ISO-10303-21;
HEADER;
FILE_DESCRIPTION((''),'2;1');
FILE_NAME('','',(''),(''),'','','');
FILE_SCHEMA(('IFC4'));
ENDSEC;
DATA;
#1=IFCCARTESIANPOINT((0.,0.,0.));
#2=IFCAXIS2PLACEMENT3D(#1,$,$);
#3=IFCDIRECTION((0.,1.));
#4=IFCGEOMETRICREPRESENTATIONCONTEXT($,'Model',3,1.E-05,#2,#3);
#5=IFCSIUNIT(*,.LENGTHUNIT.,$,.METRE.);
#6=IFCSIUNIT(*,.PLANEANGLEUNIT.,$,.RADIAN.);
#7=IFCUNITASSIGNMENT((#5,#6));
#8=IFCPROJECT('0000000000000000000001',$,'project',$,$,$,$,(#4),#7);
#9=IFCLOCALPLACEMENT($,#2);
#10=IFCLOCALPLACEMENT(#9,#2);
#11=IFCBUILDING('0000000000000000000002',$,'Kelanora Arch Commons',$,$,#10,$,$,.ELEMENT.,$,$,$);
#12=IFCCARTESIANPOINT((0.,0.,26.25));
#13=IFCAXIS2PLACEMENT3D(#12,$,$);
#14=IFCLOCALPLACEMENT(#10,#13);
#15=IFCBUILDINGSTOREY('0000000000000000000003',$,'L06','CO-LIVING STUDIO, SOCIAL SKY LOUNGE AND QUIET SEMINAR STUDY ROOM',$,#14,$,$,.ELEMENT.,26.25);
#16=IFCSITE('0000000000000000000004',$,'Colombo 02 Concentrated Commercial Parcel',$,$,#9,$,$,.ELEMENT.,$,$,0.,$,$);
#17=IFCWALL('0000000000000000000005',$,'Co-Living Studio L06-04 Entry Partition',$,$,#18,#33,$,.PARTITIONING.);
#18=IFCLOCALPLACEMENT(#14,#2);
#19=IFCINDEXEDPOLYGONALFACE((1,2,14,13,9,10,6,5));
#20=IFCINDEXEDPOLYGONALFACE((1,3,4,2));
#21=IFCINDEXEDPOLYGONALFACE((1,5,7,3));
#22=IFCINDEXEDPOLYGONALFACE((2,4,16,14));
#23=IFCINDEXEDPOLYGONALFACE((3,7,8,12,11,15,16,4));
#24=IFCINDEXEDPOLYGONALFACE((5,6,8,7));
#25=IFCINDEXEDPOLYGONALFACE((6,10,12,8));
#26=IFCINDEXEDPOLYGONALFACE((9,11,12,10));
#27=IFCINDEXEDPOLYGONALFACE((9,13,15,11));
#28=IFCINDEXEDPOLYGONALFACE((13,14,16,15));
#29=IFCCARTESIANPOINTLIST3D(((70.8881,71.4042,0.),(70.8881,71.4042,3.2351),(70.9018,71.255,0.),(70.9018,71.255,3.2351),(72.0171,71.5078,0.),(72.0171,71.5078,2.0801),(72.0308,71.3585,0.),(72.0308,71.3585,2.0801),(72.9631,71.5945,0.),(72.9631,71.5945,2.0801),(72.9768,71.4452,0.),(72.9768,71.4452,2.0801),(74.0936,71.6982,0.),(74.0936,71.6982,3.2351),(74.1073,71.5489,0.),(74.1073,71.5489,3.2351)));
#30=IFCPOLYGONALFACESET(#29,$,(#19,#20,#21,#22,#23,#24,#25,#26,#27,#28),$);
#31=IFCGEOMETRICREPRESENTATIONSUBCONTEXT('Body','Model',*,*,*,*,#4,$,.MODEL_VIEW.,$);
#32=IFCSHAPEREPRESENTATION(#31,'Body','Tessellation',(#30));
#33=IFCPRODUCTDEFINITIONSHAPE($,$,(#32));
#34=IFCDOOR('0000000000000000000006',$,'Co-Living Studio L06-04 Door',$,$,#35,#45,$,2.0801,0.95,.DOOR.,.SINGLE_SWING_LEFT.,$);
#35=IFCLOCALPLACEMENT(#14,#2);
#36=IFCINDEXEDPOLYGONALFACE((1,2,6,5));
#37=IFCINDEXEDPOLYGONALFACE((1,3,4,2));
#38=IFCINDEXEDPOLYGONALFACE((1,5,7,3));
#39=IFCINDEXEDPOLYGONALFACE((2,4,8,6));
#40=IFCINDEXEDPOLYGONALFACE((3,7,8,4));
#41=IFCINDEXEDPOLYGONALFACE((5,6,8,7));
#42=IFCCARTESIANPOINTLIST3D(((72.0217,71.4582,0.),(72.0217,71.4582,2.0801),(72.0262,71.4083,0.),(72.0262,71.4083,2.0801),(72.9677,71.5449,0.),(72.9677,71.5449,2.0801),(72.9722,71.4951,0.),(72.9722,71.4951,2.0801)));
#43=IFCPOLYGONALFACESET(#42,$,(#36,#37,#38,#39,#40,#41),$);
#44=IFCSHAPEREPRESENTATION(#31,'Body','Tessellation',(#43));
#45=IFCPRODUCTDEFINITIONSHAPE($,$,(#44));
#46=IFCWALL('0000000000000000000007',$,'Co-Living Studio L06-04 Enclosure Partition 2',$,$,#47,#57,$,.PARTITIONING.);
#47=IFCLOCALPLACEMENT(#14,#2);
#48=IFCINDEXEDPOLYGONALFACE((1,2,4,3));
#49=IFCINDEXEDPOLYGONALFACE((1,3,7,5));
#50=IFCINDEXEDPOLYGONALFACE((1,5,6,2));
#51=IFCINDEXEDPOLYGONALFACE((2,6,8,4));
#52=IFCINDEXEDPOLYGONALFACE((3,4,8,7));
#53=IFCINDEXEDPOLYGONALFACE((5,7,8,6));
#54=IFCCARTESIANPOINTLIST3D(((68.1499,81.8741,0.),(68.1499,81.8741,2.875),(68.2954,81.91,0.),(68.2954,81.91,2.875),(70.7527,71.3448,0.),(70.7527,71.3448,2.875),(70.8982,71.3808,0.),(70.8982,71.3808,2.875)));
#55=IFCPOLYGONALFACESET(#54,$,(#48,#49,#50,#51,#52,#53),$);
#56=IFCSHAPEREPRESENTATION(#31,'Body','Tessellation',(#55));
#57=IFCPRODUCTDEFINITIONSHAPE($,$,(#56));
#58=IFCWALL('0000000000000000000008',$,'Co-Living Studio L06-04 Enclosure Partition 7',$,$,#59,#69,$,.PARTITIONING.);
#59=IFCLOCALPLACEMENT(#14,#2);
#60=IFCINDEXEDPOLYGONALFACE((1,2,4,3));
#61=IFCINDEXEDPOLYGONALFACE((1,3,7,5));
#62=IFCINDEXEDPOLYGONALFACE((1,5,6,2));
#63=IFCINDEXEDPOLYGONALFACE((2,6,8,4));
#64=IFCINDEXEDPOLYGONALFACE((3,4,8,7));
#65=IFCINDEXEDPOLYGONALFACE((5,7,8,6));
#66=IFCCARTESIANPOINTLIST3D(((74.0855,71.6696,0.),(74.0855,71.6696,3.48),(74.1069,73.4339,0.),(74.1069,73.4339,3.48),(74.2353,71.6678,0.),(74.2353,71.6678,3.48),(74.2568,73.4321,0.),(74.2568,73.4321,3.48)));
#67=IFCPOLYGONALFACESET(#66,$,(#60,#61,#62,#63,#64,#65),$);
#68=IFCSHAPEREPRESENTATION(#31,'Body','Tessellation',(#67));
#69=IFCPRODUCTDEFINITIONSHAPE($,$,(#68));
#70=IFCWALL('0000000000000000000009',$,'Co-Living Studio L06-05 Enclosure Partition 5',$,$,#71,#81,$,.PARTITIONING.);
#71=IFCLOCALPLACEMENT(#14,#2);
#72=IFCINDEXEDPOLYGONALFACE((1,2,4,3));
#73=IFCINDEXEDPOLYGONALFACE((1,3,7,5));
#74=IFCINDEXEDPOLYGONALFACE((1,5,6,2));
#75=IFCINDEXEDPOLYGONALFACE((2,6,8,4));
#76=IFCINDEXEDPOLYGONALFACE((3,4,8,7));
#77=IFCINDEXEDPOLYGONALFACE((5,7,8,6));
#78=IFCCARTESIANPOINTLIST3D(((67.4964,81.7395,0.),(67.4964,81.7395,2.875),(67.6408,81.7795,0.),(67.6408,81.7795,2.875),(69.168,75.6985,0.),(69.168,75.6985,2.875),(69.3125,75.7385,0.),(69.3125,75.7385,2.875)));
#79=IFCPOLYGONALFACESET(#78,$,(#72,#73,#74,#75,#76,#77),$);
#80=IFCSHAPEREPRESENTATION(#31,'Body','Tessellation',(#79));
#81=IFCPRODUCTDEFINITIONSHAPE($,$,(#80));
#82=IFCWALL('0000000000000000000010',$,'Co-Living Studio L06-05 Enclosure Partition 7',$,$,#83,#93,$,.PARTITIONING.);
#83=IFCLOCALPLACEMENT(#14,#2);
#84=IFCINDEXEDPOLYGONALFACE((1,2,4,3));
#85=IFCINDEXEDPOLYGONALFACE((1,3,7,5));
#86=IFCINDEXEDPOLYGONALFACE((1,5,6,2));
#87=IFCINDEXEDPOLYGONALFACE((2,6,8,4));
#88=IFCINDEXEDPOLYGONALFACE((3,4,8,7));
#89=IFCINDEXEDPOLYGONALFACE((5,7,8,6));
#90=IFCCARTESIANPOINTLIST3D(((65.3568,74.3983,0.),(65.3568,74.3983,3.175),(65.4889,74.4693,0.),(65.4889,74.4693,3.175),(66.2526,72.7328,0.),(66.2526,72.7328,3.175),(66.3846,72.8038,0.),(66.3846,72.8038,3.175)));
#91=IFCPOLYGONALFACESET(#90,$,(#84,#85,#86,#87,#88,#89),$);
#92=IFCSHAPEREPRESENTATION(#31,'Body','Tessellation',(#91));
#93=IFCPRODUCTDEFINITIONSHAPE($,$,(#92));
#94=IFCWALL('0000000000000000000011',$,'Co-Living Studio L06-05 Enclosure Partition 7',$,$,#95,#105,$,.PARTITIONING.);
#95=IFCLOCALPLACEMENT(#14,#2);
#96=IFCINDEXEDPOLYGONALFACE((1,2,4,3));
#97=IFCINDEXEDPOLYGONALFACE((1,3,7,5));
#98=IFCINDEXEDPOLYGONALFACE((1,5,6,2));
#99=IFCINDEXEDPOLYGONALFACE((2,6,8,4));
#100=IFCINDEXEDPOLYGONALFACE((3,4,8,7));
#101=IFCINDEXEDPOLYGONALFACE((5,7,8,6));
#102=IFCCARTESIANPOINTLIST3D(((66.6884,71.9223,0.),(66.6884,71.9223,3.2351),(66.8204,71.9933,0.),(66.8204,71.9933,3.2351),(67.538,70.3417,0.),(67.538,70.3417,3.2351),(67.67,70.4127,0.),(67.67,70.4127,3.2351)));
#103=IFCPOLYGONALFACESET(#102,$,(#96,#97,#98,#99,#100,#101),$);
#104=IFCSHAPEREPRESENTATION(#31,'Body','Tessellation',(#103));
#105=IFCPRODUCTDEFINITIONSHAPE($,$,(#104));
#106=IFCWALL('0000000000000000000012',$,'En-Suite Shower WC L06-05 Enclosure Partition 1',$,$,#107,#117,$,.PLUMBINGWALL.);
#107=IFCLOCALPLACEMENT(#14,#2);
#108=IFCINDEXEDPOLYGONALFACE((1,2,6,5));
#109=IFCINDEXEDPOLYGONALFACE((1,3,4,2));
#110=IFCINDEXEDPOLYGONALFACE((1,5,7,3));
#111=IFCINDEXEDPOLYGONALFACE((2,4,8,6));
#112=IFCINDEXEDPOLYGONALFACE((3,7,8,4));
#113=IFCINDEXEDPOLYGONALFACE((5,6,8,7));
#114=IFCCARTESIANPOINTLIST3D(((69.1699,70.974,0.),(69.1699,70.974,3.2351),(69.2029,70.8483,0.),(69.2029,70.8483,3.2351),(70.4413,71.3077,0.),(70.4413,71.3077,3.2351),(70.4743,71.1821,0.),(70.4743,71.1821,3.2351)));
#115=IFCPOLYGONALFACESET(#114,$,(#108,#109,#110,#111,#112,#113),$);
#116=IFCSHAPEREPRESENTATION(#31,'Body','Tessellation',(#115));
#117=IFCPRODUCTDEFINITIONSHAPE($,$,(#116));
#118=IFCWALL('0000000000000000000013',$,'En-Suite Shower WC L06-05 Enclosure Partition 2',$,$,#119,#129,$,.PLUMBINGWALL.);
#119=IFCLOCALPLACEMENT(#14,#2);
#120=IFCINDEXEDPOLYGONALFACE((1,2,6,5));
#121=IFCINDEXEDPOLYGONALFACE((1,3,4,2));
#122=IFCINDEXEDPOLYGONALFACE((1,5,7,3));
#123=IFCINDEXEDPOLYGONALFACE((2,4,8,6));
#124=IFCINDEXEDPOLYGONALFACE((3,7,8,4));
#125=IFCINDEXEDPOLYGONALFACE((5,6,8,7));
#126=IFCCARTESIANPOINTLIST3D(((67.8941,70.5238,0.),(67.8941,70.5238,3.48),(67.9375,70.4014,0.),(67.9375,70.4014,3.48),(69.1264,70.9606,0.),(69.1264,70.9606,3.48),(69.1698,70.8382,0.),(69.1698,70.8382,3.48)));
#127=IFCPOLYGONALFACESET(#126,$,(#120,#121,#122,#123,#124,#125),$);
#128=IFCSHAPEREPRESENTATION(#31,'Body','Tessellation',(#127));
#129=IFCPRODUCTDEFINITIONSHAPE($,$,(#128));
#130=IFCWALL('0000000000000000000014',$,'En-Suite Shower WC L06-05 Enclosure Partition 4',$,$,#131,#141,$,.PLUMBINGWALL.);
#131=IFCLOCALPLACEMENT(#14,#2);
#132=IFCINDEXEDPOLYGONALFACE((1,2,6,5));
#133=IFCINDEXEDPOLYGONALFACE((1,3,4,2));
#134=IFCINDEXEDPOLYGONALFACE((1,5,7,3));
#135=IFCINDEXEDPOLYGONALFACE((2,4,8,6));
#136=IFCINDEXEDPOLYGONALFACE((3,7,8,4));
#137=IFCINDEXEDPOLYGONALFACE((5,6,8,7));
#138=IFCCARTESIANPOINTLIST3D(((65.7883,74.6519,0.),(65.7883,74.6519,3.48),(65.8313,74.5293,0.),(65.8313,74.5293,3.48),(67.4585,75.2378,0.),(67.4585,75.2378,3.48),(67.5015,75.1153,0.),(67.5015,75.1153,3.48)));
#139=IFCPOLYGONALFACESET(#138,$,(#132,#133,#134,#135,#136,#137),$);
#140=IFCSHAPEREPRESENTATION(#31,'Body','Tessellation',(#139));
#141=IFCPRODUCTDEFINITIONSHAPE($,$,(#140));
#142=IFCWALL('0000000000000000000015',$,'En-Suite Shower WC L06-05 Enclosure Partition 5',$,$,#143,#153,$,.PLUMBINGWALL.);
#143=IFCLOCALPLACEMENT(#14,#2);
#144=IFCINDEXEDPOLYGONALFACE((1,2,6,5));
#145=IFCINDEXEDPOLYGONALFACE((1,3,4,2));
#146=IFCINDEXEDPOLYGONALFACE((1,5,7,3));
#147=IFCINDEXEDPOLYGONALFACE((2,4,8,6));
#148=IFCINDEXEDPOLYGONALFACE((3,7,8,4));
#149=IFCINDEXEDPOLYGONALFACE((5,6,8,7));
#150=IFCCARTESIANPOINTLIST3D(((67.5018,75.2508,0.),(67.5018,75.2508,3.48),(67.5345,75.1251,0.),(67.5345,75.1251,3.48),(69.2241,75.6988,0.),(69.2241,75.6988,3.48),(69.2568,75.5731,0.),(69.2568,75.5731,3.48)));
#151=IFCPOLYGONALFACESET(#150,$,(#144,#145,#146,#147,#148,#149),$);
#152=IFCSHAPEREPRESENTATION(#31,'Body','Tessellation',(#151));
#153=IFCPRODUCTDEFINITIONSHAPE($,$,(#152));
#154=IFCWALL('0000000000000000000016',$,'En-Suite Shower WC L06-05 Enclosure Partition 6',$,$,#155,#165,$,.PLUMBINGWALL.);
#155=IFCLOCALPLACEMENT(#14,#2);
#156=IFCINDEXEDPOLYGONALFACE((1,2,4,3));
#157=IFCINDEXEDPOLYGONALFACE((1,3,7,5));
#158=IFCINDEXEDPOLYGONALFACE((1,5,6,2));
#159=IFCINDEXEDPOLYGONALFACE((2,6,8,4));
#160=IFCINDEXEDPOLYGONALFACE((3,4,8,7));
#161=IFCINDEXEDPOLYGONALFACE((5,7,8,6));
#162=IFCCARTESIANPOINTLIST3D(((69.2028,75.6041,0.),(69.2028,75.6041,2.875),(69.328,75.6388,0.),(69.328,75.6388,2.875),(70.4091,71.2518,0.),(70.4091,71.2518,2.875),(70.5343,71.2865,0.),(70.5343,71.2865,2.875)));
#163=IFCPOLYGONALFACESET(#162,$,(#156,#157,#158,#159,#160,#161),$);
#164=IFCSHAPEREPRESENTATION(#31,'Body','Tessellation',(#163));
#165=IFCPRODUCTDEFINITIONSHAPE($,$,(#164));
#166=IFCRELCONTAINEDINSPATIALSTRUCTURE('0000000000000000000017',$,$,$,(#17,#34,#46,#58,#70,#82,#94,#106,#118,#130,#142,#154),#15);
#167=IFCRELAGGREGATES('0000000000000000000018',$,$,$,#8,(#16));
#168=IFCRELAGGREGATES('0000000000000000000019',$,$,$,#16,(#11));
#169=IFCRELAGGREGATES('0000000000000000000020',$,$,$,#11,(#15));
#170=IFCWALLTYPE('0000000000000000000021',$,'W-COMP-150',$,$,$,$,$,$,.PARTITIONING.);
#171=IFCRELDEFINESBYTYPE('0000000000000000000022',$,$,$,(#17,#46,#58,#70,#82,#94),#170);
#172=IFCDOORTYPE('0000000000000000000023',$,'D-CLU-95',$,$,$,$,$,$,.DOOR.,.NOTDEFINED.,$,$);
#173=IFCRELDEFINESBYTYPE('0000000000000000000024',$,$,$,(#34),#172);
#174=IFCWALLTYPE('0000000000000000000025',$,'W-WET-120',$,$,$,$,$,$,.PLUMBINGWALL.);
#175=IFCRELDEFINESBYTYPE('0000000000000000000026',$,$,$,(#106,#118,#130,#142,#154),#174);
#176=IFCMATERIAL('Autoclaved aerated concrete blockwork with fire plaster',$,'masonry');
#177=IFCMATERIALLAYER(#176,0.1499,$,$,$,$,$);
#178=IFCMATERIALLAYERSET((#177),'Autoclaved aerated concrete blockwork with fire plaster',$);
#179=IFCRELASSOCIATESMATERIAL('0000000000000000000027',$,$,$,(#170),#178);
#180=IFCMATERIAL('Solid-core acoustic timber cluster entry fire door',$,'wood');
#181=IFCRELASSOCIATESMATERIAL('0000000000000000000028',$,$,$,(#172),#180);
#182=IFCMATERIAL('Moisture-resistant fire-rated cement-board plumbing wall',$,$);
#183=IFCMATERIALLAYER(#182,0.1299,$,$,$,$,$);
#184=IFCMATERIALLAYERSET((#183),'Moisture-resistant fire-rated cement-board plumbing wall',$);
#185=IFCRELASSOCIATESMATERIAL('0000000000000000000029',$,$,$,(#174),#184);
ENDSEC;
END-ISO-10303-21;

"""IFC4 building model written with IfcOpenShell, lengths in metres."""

from ifc_helpers import new_model, si_unit, direction, frame, frame_2d, origin, place, context, subcontext, project, spatial, rectangle, extrude, material, layer, layer_set, type_object, element, fill, save


model = new_model("IFC4")

# Units and contexts
model_context = context("Model", 3, precision=1e-05, world=origin(), true_north=direction((0.0, 1.0)))
body_context = subcontext(model_context, "Body", "Model", "MODEL_VIEW")
ifc_project = project(units=[si_unit("LENGTHUNIT", "METRE"), si_unit("PLANEANGLEUNIT", "RADIAN")], contexts=[model_context])

# Site, building, storey
site_placement = place(None, origin())
site = spatial("IfcSite", under=ifc_project, at=site_placement, Name="Colombo 02 Concentrated Commercial Parcel", CompositionType="ELEMENT", RefElevation=0.0)
building_placement = place(site_placement, origin())
building = spatial("IfcBuilding", under=site, at=building_placement, Name="Kelanora Arch Commons", CompositionType="ELEMENT")
storey_placement = place(building_placement, frame((0.0, 0.0, 26.25)))
storey = spatial("IfcBuildingStorey", under=building, at=storey_placement, Name="L06", Description="CO-LIVING STUDIO, SOCIAL SKY LOUNGE AND QUIET SEMINAR STUDY ROOM", CompositionType="ELEMENT", Elevation=26.25)

# Wall, opening, door
ifc_material_1 = material(Name="Autoclaved aerated concrete blockwork with fire plaster", Category="masonry")
ifc_layer_1 = layer(ifc_material_1, 0.1499)
ifc_layer_set_1 = layer_set([ifc_layer_1], Name="Autoclaved aerated concrete blockwork with fire plaster")
wall_type_1 = type_object("IfcWallType", Name="W-COMP-150", PredefinedType="PARTITIONING", material=ifc_layer_set_1)
wall_1_placement = place(storey_placement, frame((74.1003, 71.6235, 0.0), z_axis=(0.0, 0.0, 1.0), x_axis=(-0.995822, -0.091315, 0.0)))
wall_1 = element("IfcWall", 1, at=wall_1_placement, inside=storey, type_object=wall_type_1, Name="Co-Living Studio L06-04 Entry Partition", PredefinedType="PARTITIONING", context=body_context, shape_type="SweptSolid", body=[
    extrude(rectangle(XDim=3.219, YDim=0.1499, at=frame_2d((1.6094, 0.0))), origin(), (0.0, 0.0, 1.0), 3.2351),
])
opening_placement = place(wall_1_placement, frame((1.135, 0.0, 0.0)))
opening = element("IfcOpeningElement", 2, at=opening_placement, cuts=wall_1, PredefinedType="OPENING", context=body_context, shape_type="SweptSolid", body=[
    extrude(rectangle(XDim=0.95, YDim=2.0801, at=frame_2d((0.4751, 1.04))), frame((0.0, 0.085, 0.0), z_axis=(0.0, -1.0, 0.0), x_axis=(1.0, 0.0, 0.0)), (0.0, 0.0, 1.0), 0.1699),
])
ifc_material_2 = material(Name="Solid-core acoustic timber cluster entry fire door", Category="wood")
door_type = type_object("IfcDoorType", Name="D-CLU-95", OperationType="NOTDEFINED", PredefinedType="DOOR", material=ifc_material_2)
door_placement = place(opening_placement, origin())
door = element("IfcDoor", 3, at=door_placement, inside=storey, type_object=door_type, Name="Co-Living Studio L06-04 Door", OperationType="SINGLE_SWING_LEFT", OverallHeight=2.0801, OverallWidth=0.95, PredefinedType="DOOR", context=body_context, shape_type="SweptSolid", body=[
    extrude(rectangle(XDim=0.95, YDim=2.0801, at=frame_2d((0.4751, 1.04))), frame((0.0, 0.0249, 0.0), z_axis=(0.0, -1.0, 0.0), x_axis=(1.0, 0.0, 0.0)), (0.0, 0.0, 1.0), 0.05),
])
fill(opening, door)

# Walls
wall_2_placement = place(storey_placement, frame((70.8254, 71.3628, 0.0), z_axis=(0.0, 0.0, 1.0), x_axis=(-0.239971, 0.97078, 0.0)))
element("IfcWall", 4, at=wall_2_placement, inside=storey, type_object=wall_type_1, Name="Co-Living Studio L06-04 Enclosure Partition 2", PredefinedType="PARTITIONING", context=body_context, shape_type="SweptSolid", body=[
    extrude(rectangle(XDim=10.8462, YDim=0.1499, at=frame_2d((5.4231, 0.0))), origin(), (0.0, 0.0, 1.0), 2.875),
])
wall_3_placement = place(storey_placement, frame((74.1819, 73.4331, 0.0), z_axis=(0.0, 0.0, 1.0), x_axis=(-0.012177, -0.999926, 0.0)))
element("IfcWall", 5, at=wall_3_placement, inside=storey, type_object=wall_type_1, Name="Co-Living Studio L06-04 Enclosure Partition 7", PredefinedType="PARTITIONING", context=body_context, shape_type="SweptSolid", body=[
    extrude(rectangle(XDim=1.7644, YDim=0.1499, at=frame_2d((0.8823, 0.0))), origin(), (0.0, 0.0, 1.0), 3.48),
])
wall_4_placement = place(storey_placement, frame((67.5686, 81.7595, 0.0), z_axis=(0.0, 0.0, 1.0), x_axis=(0.266692, -0.963782, 0.0)))
element("IfcWall", 6, at=wall_4_placement, inside=storey, type_object=wall_type_1, Name="Co-Living Studio L06-05 Enclosure Partition 5", PredefinedType="PARTITIONING", context=body_context, shape_type="SweptSolid", body=[
    extrude(rectangle(XDim=6.2681, YDim=0.1499, at=frame_2d((3.134, 0.0))), origin(), (0.0, 0.0, 1.0), 2.875),
])
wall_5_placement = place(storey_placement, frame((65.4229, 74.4338, 0.0), z_axis=(0.0, 0.0, 1.0), x_axis=(0.473661, -0.880707, 0.0)))
element("IfcWall", 7, at=wall_5_placement, inside=storey, type_object=wall_type_1, Name="Co-Living Studio L06-05 Enclosure Partition 7", PredefinedType="PARTITIONING", context=body_context, shape_type="SweptSolid", body=[
    extrude(rectangle(XDim=1.8911, YDim=0.1499, at=frame_2d((0.9456, 0.0))), origin(), (0.0, 0.0, 1.0), 3.175),
])
wall_6_placement = place(storey_placement, frame((66.7544, 71.9578, 0.0), z_axis=(0.0, 0.0, 1.0), x_axis=(0.473467, -0.880812, 0.0)))
element("IfcWall", 8, at=wall_6_placement, inside=storey, type_object=wall_type_1, Name="Co-Living Studio L06-05 Enclosure Partition 7", PredefinedType="PARTITIONING", context=body_context, shape_type="SweptSolid", body=[
    extrude(rectangle(XDim=1.7944, YDim=0.1499, at=frame_2d((0.8972, 0.0))), origin(), (0.0, 0.0, 1.0), 3.2351),
])
ifc_material_3 = material(Name="Moisture-resistant fire-rated cement-board plumbing wall")
ifc_layer_2 = layer(ifc_material_3, 0.1299)
ifc_layer_set_2 = layer_set([ifc_layer_2], Name="Moisture-resistant fire-rated cement-board plumbing wall")
wall_type_2 = type_object("IfcWallType", Name="W-WET-120", PredefinedType="PLUMBINGWALL", material=ifc_layer_set_2)
wall_7_placement = place(storey_placement, frame((70.4578, 71.2449, 0.0), z_axis=(0.0, 0.0, 1.0), x_axis=(-0.967236, -0.253881, 0.0)))
element("IfcWall", 9, at=wall_7_placement, inside=storey, type_object=wall_type_2, Name="En-Suite Shower WC L06-05 Enclosure Partition 1", PredefinedType="PLUMBINGWALL", context=body_context, shape_type="SweptSolid", body=[
    extrude(rectangle(XDim=1.3145, YDim=0.1299, at=frame_2d((0.6572, 0.0))), origin(), (0.0, 0.0, 1.0), 3.2351),
])
wall_8_placement = place(storey_placement, frame((69.1482, 70.8994, 0.0), z_axis=(0.0, 0.0, 1.0), x_axis=(-0.942538, -0.334099, 0.0)))
element("IfcWall", 10, at=wall_8_placement, inside=storey, type_object=wall_type_2, Name="En-Suite Shower WC L06-05 Enclosure Partition 2", PredefinedType="PLUMBINGWALL", context=body_context, shape_type="SweptSolid", body=[
    extrude(rectangle(XDim=1.3074, YDim=0.1299, at=frame_2d((0.6538, 0.0))), origin(), (0.0, 0.0, 1.0), 3.48),
])
wall_9_placement = place(storey_placement, frame((65.8098, 74.5906, 0.0), z_axis=(0.0, 0.0, 1.0), x_axis=(0.943615, 0.331045, 0.0)))
element("IfcWall", 11, at=wall_9_placement, inside=storey, type_object=wall_type_2, Name="En-Suite Shower WC L06-05 Enclosure Partition 4", PredefinedType="PLUMBINGWALL", context=body_context, shape_type="SweptSolid", body=[
    extrude(rectangle(XDim=1.77, YDim=0.1299, at=frame_2d((0.885, 0.0))), origin(), (0.0, 0.0, 1.0), 3.48),
])
wall_10_placement = place(storey_placement, frame((67.5183, 75.188, 0.0), z_axis=(0.0, 0.0, 1.0), x_axis=(0.96779, 0.251757, 0.0)))
element("IfcWall", 12, at=wall_10_placement, inside=storey, type_object=wall_type_2, Name="En-Suite Shower WC L06-05 Enclosure Partition 5", PredefinedType="PLUMBINGWALL", context=body_context, shape_type="SweptSolid", body=[
    extrude(rectangle(XDim=1.7795, YDim=0.1299, at=frame_2d((0.8896, 0.0))), origin(), (0.0, 0.0, 1.0), 3.48),
])
wall_11_placement = place(storey_placement, frame((69.2654, 75.6216, 0.0), z_axis=(0.0, 0.0, 1.0), x_axis=(0.267095, -0.96367, 0.0)))
element("IfcWall", 13, at=wall_11_placement, inside=storey, type_object=wall_type_2, Name="En-Suite Shower WC L06-05 Enclosure Partition 6", PredefinedType="PLUMBINGWALL", context=body_context, shape_type="SweptSolid", body=[
    extrude(rectangle(XDim=4.5164, YDim=0.1299, at=frame_2d((2.2583, 0.0))), origin(), (0.0, 0.0, 1.0), 2.875),
])

save(model, "model.ifc")
